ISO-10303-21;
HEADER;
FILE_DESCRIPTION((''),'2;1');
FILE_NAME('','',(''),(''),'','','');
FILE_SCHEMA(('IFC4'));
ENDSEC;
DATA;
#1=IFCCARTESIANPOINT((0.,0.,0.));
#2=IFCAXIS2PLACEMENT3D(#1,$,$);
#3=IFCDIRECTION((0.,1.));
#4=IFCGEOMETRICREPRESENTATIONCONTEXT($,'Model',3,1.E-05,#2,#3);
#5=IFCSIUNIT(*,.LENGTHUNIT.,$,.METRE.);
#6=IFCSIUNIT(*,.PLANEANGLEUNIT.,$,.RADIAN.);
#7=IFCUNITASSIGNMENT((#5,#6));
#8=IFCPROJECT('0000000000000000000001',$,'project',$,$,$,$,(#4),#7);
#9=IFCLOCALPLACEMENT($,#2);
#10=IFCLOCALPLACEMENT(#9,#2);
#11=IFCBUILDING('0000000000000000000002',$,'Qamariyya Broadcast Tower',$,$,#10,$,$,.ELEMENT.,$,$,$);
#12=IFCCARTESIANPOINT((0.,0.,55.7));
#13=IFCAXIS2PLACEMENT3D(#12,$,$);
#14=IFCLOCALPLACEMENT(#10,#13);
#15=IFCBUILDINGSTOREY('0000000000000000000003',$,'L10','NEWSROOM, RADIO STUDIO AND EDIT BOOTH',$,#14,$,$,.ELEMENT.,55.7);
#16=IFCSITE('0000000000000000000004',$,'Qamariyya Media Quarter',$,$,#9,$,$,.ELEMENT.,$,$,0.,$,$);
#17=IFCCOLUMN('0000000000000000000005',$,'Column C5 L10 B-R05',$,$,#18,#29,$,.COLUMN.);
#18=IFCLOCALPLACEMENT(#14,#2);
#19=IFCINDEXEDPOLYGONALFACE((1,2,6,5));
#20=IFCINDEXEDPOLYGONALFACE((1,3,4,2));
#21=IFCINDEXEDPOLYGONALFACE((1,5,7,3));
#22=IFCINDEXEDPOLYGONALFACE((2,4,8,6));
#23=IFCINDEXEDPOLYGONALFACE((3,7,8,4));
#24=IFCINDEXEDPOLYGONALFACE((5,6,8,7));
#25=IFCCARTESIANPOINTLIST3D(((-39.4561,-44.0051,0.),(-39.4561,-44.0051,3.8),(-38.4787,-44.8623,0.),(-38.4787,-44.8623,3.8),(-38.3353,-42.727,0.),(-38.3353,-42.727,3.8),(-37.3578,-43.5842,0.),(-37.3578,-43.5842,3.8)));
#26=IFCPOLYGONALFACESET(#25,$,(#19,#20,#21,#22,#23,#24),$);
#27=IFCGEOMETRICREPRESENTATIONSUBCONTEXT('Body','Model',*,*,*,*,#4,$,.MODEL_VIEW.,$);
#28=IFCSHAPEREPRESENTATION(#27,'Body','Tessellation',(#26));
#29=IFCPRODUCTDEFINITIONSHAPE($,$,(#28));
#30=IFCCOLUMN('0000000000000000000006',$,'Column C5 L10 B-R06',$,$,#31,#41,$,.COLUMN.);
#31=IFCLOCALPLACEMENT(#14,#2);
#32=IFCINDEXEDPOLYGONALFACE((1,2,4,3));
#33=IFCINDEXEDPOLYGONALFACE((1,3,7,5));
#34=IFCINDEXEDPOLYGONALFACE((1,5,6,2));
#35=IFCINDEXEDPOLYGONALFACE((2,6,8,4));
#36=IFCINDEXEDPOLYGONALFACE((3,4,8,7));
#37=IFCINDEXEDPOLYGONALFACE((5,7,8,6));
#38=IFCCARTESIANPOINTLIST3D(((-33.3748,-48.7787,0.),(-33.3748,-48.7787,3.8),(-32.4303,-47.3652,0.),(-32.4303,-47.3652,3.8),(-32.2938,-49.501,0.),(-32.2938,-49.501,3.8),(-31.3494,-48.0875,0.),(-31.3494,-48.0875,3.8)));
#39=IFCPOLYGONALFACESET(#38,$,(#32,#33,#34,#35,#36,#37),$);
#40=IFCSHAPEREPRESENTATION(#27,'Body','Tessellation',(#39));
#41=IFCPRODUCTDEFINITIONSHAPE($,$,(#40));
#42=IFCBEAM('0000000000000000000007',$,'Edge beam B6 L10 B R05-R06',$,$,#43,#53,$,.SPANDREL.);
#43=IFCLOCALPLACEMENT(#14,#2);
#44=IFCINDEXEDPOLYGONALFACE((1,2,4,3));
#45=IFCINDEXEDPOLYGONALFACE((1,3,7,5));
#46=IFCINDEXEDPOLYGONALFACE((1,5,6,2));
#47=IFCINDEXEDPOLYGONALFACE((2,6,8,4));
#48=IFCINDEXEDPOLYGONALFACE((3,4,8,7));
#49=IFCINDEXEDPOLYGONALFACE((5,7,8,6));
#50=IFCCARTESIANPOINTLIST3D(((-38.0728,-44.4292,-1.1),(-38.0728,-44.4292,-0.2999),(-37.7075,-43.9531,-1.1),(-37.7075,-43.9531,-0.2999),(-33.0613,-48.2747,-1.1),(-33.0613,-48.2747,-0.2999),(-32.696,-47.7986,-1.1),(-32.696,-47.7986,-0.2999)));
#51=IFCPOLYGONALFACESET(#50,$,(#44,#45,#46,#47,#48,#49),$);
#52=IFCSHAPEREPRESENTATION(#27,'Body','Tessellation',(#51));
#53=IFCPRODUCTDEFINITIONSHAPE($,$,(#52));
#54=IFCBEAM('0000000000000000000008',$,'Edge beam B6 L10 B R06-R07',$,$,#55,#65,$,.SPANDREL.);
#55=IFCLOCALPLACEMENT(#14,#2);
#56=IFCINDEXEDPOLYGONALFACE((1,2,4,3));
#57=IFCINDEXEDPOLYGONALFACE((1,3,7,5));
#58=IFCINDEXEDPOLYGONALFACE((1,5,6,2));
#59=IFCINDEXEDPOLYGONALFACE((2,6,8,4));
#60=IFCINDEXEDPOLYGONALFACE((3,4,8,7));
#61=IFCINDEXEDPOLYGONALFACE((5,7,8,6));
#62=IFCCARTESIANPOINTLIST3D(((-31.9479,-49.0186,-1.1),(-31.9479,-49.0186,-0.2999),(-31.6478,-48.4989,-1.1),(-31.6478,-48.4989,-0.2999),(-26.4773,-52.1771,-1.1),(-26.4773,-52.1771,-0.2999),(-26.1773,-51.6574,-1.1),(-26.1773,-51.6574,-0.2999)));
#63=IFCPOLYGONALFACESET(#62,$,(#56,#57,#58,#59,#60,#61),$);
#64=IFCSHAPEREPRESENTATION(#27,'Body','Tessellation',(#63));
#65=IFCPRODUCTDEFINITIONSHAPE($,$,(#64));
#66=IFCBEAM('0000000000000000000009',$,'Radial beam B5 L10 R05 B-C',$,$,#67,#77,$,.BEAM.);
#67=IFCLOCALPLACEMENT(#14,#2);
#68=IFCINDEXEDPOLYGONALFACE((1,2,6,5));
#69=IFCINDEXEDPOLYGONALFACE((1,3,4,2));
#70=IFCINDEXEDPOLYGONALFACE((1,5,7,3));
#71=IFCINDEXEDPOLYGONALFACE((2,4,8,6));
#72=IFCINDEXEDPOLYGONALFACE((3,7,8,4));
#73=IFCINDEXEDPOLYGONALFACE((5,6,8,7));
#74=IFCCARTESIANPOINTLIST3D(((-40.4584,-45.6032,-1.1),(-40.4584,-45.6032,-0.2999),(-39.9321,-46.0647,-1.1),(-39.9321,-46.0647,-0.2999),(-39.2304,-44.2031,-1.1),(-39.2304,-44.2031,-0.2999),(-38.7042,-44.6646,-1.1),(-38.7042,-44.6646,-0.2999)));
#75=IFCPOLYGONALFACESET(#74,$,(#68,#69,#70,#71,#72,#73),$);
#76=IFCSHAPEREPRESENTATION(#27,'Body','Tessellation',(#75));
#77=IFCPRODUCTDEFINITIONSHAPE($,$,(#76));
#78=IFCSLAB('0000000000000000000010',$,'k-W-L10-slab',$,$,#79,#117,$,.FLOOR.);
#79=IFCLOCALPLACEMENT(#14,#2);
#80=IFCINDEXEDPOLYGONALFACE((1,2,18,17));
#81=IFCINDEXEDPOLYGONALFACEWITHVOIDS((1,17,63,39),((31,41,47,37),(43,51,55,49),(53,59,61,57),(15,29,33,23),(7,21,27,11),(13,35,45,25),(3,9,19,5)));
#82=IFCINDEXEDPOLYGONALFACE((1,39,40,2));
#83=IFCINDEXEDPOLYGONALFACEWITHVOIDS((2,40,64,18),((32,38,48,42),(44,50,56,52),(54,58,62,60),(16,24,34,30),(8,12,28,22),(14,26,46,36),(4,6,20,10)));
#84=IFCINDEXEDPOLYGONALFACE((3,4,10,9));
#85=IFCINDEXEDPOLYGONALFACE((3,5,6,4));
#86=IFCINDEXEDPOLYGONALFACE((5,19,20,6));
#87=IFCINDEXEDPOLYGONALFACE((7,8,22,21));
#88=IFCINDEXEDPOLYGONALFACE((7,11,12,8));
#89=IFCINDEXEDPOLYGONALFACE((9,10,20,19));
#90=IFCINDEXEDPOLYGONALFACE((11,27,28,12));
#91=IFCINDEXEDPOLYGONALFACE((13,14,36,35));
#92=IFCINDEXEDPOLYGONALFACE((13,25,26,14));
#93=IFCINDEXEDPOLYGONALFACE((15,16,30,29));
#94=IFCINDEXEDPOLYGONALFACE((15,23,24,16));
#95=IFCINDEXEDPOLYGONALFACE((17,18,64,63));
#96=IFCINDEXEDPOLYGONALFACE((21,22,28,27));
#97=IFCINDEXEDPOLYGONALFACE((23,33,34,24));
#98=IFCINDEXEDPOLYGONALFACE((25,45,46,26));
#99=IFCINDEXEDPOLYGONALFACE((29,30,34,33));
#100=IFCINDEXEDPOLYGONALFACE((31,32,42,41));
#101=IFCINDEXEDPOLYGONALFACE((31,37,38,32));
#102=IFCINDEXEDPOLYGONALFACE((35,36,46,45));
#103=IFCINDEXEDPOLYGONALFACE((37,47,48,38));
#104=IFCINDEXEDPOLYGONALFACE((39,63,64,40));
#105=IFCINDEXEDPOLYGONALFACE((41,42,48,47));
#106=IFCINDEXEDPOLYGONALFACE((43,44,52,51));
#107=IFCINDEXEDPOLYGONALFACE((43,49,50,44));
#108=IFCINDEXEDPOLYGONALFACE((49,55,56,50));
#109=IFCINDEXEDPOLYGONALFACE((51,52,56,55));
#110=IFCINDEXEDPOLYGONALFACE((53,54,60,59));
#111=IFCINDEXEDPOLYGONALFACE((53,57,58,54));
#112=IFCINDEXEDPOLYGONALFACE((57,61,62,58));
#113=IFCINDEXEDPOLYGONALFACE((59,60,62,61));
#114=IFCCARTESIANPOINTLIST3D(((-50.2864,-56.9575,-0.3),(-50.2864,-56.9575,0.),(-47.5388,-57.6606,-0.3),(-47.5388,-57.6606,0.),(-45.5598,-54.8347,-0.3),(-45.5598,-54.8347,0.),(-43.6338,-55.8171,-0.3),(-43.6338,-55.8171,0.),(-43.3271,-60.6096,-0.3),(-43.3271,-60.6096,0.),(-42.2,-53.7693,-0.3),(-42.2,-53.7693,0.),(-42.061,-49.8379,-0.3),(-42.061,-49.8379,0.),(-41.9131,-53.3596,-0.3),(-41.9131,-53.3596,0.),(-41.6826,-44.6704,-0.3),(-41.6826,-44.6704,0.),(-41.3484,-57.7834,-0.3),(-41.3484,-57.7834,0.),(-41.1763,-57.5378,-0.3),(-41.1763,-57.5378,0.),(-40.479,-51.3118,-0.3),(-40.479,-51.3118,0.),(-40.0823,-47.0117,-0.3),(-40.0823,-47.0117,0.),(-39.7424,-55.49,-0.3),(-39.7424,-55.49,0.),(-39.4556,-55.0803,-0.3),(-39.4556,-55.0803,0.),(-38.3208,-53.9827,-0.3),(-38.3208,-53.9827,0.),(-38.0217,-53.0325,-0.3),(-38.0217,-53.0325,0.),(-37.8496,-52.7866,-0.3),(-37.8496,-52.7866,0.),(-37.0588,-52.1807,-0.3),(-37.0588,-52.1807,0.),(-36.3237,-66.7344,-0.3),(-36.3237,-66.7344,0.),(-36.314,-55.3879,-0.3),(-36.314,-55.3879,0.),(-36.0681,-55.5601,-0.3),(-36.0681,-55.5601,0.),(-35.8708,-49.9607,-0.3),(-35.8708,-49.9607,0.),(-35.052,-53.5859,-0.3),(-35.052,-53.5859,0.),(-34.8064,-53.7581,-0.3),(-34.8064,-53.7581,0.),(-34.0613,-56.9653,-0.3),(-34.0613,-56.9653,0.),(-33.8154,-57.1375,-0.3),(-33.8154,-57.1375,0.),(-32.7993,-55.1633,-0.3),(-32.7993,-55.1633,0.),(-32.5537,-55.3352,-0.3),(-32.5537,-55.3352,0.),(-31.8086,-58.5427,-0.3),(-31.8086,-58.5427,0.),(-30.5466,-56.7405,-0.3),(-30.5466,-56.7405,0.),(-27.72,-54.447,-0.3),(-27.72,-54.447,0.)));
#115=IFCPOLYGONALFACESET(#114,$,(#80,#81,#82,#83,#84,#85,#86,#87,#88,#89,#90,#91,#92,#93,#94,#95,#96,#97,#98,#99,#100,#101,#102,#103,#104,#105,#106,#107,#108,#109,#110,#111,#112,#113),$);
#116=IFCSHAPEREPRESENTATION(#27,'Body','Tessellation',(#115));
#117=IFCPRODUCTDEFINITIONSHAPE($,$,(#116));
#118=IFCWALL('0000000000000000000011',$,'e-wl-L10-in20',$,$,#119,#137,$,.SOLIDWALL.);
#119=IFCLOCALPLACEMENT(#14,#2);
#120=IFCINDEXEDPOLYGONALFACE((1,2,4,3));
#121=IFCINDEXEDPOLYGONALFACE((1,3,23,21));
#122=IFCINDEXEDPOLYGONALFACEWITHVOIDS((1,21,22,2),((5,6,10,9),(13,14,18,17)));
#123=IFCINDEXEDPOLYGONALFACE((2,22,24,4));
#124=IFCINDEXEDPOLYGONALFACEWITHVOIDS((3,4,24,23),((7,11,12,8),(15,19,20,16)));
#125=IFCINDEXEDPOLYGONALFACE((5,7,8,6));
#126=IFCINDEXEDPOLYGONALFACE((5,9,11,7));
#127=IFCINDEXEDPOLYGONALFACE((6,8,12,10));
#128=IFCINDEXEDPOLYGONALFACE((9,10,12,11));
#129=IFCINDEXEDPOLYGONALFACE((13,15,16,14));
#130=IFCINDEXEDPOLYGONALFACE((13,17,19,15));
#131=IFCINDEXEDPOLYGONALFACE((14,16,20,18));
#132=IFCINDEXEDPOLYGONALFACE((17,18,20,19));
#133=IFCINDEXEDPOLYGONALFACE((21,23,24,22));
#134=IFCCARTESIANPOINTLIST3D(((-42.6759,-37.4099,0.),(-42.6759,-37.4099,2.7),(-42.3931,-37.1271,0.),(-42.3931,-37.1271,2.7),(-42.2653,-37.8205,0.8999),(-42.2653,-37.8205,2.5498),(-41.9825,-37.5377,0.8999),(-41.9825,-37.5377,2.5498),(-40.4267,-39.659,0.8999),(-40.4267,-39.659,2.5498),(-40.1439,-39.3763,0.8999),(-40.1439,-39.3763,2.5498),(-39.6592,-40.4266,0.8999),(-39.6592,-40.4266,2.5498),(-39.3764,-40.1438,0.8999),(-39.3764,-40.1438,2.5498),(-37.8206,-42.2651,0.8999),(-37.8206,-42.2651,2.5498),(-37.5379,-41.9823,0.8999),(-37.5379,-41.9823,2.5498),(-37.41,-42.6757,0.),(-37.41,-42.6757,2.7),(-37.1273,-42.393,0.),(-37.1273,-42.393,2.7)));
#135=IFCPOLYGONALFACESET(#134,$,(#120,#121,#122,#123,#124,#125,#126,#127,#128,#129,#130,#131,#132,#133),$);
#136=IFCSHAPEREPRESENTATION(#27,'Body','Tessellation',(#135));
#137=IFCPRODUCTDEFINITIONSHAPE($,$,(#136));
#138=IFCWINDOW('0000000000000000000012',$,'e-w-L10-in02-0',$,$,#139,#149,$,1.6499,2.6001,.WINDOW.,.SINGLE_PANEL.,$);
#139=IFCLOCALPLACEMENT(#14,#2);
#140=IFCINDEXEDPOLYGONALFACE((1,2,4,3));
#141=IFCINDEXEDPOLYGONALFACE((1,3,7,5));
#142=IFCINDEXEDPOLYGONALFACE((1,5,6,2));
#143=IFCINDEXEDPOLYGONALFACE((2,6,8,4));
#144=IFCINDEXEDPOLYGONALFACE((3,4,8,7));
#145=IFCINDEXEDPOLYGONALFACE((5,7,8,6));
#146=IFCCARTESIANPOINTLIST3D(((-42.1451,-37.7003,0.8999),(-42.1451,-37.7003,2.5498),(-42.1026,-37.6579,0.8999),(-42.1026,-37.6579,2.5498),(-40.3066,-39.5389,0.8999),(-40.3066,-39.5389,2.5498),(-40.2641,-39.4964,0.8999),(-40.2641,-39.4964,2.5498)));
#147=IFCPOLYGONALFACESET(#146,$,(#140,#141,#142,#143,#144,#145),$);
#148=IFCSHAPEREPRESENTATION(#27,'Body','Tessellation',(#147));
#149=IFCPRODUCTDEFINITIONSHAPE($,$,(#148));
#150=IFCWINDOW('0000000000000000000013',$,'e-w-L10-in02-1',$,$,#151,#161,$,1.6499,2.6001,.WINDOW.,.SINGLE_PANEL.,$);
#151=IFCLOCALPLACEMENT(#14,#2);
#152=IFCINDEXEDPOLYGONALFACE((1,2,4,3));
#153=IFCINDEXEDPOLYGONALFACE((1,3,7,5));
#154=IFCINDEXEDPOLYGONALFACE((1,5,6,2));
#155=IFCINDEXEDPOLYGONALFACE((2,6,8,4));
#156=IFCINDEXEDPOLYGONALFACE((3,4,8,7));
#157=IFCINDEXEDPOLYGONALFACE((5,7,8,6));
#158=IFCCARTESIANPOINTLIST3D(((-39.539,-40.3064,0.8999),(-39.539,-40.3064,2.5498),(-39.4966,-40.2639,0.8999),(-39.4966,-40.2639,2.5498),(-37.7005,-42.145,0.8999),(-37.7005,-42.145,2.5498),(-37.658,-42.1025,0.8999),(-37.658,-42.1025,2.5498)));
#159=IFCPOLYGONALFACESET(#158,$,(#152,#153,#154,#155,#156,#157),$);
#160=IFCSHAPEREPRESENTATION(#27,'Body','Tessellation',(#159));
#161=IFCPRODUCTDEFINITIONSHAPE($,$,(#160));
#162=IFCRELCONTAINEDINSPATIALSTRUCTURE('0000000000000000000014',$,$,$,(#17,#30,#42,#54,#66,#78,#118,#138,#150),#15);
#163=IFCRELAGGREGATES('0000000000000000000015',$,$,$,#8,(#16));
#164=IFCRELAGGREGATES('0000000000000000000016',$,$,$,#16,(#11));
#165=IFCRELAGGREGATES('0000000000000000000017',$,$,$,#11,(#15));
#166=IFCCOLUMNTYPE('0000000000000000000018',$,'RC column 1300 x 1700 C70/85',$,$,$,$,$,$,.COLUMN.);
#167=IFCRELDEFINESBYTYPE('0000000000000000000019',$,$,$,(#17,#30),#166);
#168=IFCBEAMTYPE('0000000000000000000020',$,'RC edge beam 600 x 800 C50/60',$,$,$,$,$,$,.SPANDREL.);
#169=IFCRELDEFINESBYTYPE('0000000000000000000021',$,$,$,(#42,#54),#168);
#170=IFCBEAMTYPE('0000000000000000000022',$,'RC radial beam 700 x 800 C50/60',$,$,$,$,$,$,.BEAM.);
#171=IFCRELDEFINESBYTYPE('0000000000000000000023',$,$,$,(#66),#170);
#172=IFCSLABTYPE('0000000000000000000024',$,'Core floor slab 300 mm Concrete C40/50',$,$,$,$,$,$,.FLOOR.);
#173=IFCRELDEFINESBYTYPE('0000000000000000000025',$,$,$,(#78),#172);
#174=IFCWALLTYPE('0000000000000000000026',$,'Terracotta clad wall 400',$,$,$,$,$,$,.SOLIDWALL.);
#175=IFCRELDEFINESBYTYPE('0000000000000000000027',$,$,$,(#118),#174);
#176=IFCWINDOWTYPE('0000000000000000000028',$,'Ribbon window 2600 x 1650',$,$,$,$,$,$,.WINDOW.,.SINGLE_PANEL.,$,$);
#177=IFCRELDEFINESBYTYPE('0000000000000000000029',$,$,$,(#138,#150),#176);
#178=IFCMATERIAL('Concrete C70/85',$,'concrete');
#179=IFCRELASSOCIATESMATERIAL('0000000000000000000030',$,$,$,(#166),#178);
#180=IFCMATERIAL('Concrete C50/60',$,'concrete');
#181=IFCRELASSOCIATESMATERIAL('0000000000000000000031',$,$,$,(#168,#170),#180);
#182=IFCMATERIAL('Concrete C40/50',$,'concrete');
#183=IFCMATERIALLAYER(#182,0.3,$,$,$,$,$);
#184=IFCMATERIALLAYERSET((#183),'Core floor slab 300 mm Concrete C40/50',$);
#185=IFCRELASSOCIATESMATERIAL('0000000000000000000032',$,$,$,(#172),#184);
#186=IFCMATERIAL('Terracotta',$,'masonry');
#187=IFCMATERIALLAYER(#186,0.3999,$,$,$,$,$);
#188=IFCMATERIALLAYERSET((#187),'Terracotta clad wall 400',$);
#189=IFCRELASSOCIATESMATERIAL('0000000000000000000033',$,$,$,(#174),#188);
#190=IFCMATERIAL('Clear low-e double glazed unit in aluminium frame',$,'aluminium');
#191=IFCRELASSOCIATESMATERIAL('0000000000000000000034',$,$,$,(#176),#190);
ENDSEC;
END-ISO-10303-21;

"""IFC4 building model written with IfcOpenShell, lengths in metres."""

from ifc_helpers import new_model, si_unit, direction, frame, frame_2d, origin, origin_2d, place, context, subcontext, project, spatial, polyline, rectangle, outline, extrude, material, layer, layer_set, material_profile, profile_set, type_object, element, fill, save


model = new_model("IFC4")

# Units and contexts
model_context = context("Model", 3, precision=1e-05, world=origin(), true_north=direction((0.0, 1.0)))
body_context = subcontext(model_context, "Body", "Model", "MODEL_VIEW")
ifc_project = project(units=[si_unit("LENGTHUNIT", "METRE"), si_unit("PLANEANGLEUNIT", "RADIAN")], contexts=[model_context])

# Site, building, storey
site_placement = place(None, origin())
site = spatial("IfcSite", under=ifc_project, at=site_placement, Name="Qamariyya Media Quarter", CompositionType="ELEMENT", RefElevation=0.0)
building_placement = place(site_placement, origin())
building = spatial("IfcBuilding", under=site, at=building_placement, Name="Qamariyya Broadcast Tower", CompositionType="ELEMENT")
storey_placement = place(building_placement, frame((0.0, 0.0, 55.7)))
storey = spatial("IfcBuildingStorey", under=building, at=storey_placement, Name="L10", Description="NEWSROOM, RADIO STUDIO AND EDIT BOOTH", CompositionType="ELEMENT", Elevation=55.7)

# Columns
ifc_material_1 = material(Name="Concrete C70/85", Category="concrete")
ifc_material_profile_1 = material_profile(ifc_material_1, rectangle(XDim=1.3, YDim=1.7, at=origin_2d()))
ifc_profile_set_1 = profile_set([ifc_material_profile_1], Name="Concrete C70/85")
column_type = type_object("IfcColumnType", Name="RC column 1300 x 1700 C70/85", PredefinedType="COLUMN", material=ifc_profile_set_1)
for number, where, z_axis, x_axis, name in (
    (1, (-38.407, -43.7947, 0.0), (0.0, 0.0, 1.0), (0.75184, -0.659346, 0.0), "Column C5 L10 B-R05"),
    (2, (-32.3621, -48.4331, 0.0), (0.0, 0.0, 1.0), (0.83147, -0.55557, 0.0), "Column C5 L10 B-R06"),
):
    element("IfcColumn", number, at=place(storey_placement, frame(where, z_axis=z_axis, x_axis=x_axis)), inside=storey, type_object=column_type, Name=name, PredefinedType="COLUMN", context=body_context, shape_type="SweptSolid", body=[
        extrude(rectangle(XDim=1.3, YDim=1.7, at=origin_2d()), origin(), (0.0, 0.0, 1.0), 3.8),
    ])

# Beams
ifc_material_2 = material(Name="Concrete C50/60", Category="concrete")
ifc_material_profile_2 = material_profile(ifc_material_2, rectangle(XDim=0.6001, YDim=0.8, at=origin_2d()))
ifc_profile_set_2 = profile_set([ifc_material_profile_2], Name="Concrete C50/60")
beam_type_1 = type_object("IfcBeamType", Name="RC edge beam 600 x 800 C50/60", PredefinedType="SPANDREL", material=ifc_profile_set_2)
for number, where, z_axis, x_axis, name in (
    (3, (-37.8901, -44.1912, -0.7), (0.793352, -0.608763, 0.0), (0.608763, 0.793352, 0.0), "Edge beam B6 L10 B R05-R06"),
    (4, (-31.7979, -48.7588, -0.7), (0.86602, -0.500009, 0.0), (0.500009, 0.86602, 0.0), "Edge beam B6 L10 B R06-R07"),
):
    element("IfcBeam", number, at=place(storey_placement, frame(where, z_axis=z_axis, x_axis=x_axis)), inside=storey, type_object=beam_type_1, Name=name, PredefinedType="SPANDREL", context=body_context, shape_type="SweptSolid", body=[
        extrude(rectangle(XDim=0.6001, YDim=0.8, at=origin_2d()), origin(), (0.0, 0.0, 1.0), 6.3169),
    ])
ifc_material_profile_3 = material_profile(ifc_material_2, rectangle(XDim=0.7, YDim=0.8, at=origin_2d()))
ifc_profile_set_3 = profile_set([ifc_material_profile_3], Name="Concrete C50/60")
beam_type_2 = type_object("IfcBeamType", Name="RC radial beam 700 x 800 C50/60", PredefinedType="BEAM", material=ifc_profile_set_3)
beam_placement = place(storey_placement, frame((-38.9673, -44.4338, -0.7), z_axis=(-0.659386, -0.751805, 0.0), x_axis=(0.751805, -0.659386, 0.0)))
element("IfcBeam", 5, at=beam_placement, inside=storey, type_object=beam_type_2, Name="Radial beam B5 L10 R05 B-C", PredefinedType="BEAM", context=body_context, shape_type="SweptSolid", body=[
    extrude(rectangle(XDim=0.7, YDim=0.8, at=origin_2d()), origin(), (0.0, 0.0, 1.0), 1.8623),
])

# Slab
ifc_material_3 = material(Name="Concrete C40/50", Category="concrete")
ifc_layer_1 = layer(ifc_material_3, 0.3)
ifc_layer_set_1 = layer_set([ifc_layer_1], Name="Core floor slab 300 mm Concrete C40/50")
slab_type_1 = type_object("IfcSlabType", Name="Core floor slab 300 mm Concrete C40/50", PredefinedType="FLOOR", material=ifc_layer_set_1)
slab_1_placement = place(storey_placement, frame((0.0, 0.0, -0.3)))
element("IfcSlab", 6, at=slab_1_placement, inside=storey, type_object=slab_type_1, Name="k-W-L10-slab", PredefinedType="FLOOR", context=body_context, shape_type="SweptSolid", body=[
    extrude(outline(polyline([(-50.2864, -56.9575), (-36.3237, -66.7344), (-27.72, -54.447), (-41.6826, -44.6704), (-50.2864, -56.9575)]), holes=[polyline([(-31.8086, -58.5427), (-33.8154, -57.1375), (-32.5537, -55.3352), (-30.5466, -56.7405), (-31.8086, -58.5427)]), polyline([(-34.0613, -56.9653), (-36.0681, -55.5601), (-34.8064, -53.7581), (-32.7993, -55.1633), (-34.0613, -56.9653)]), polyline([(-36.314, -55.3879), (-38.3208, -53.9827), (-37.0588, -52.1807), (-35.052, -53.5859), (-36.314, -55.3879)]), polyline([(-39.7424, -55.49), (-42.2, -53.7693), (-43.6338, -55.8171), (-41.1763, -57.5378), (-39.7424, -55.49)]), polyline([(-39.4556, -55.0803), (-41.9131, -53.3596), (-40.479, -51.3118), (-38.0217, -53.0325), (-39.4556, -55.0803)]), polyline([(-42.061, -49.8379), (-37.8496, -52.7866), (-35.8708, -49.9607), (-40.0823, -47.0117), (-42.061, -49.8379)]), polyline([(-47.5388, -57.6606), (-43.3271, -60.6096), (-41.3484, -57.7834), (-45.5598, -54.8347), (-47.5388, -57.6606)])]), origin(), (0.0, 0.0, 1.0), 0.3),
])

# Wall, openings, windows
ifc_material_4 = material(Name="Terracotta", Category="masonry")
ifc_layer_2 = layer(ifc_material_4, 0.3999)
ifc_layer_set_2 = layer_set([ifc_layer_2], Name="Terracotta clad wall 400")
wall_type = type_object("IfcWallType", Name="Terracotta clad wall 400", PredefinedType="SOLIDWALL", material=ifc_layer_set_2)
wall_1_placement = place(storey_placement, frame((-37.2686, -42.5344, 0.0), z_axis=(0.0, 0.0, 1.0), x_axis=(-0.707107, 0.707107, 0.0)))
wall_1 = element("IfcWall", 7, at=wall_1_placement, inside=storey, type_object=wall_type, Name="e-wl-L10-in20", PredefinedType="SOLIDWALL", context=body_context, shape_type="SweptSolid", body=[
    extrude(rectangle(XDim=7.447, YDim=0.3999, at=frame_2d((3.7236, 0.0))), origin(), (0.0, 0.0, 1.0), 2.7),
])
opening_1_placement = place(wall_1_placement, frame((4.2664, 0.0, 0.8999)))
opening_1 = element("IfcOpeningElement", 8, at=opening_1_placement, cuts=wall_1, PredefinedType="OPENING", context=body_context, shape_type="SweptSolid", body=[
    extrude(rectangle(XDim=2.6001, YDim=1.6499, at=frame_2d((1.3, 0.825))), frame((0.0, 0.21, 0.0), z_axis=(0.0, -1.0, 0.0), x_axis=(1.0, 0.0, 0.0)), (0.0, 0.0, 1.0), 0.4199),
])
opening_2_placement = place(wall_1_placement, frame((0.5808, 0.0, 0.8999)))
opening_2 = element("IfcOpeningElement", 9, at=opening_2_placement, cuts=wall_1, PredefinedType="OPENING", context=body_context, shape_type="SweptSolid", body=[
    extrude(rectangle(XDim=2.6001, YDim=1.6499, at=frame_2d((1.3, 0.825))), frame((0.0, 0.21, 0.0), z_axis=(0.0, -1.0, 0.0), x_axis=(1.0, 0.0, 0.0)), (0.0, 0.0, 1.0), 0.4199),
])
ifc_material_5 = material(Name="Clear low-e double glazed unit in aluminium frame", Category="aluminium")
window_type = type_object("IfcWindowType", Name="Ribbon window 2600 x 1650", PartitioningType="SINGLE_PANEL", PredefinedType="WINDOW", material=ifc_material_5)
window_1_placement = place(opening_1_placement, origin())
window_1 = element("IfcWindow", 10, at=window_1_placement, inside=storey, type_object=window_type, Name="e-w-L10-in02-0", OverallHeight=1.6499, OverallWidth=2.6001, PartitioningType="SINGLE_PANEL", PredefinedType="WINDOW", context=body_context, shape_type="SweptSolid", body=[
    extrude(rectangle(XDim=2.6001, YDim=1.6499, at=frame_2d((1.3, 0.825))), frame((0.0, 0.03, 0.0), z_axis=(0.0, -1.0, 0.0), x_axis=(1.0, 0.0, 0.0)), (0.0, 0.0, 1.0), 0.0601),
])
fill(opening_1, window_1)
window_2_placement = place(opening_2_placement, origin())
window_2 = element("IfcWindow", 11, at=window_2_placement, inside=storey, type_object=window_type, Name="e-w-L10-in02-1", OverallHeight=1.6499, OverallWidth=2.6001, PartitioningType="SINGLE_PANEL", PredefinedType="WINDOW", context=body_context, shape_type="SweptSolid", body=[
    extrude(rectangle(XDim=2.6001, YDim=1.6499, at=frame_2d((1.3, 0.825))), frame((0.0, 0.03, 0.0), z_axis=(0.0, -1.0, 0.0), x_axis=(1.0, 0.0, 0.0)), (0.0, 0.0, 1.0), 0.0601),
])
fill(opening_2, window_2)

save(model, "model.ifc")
